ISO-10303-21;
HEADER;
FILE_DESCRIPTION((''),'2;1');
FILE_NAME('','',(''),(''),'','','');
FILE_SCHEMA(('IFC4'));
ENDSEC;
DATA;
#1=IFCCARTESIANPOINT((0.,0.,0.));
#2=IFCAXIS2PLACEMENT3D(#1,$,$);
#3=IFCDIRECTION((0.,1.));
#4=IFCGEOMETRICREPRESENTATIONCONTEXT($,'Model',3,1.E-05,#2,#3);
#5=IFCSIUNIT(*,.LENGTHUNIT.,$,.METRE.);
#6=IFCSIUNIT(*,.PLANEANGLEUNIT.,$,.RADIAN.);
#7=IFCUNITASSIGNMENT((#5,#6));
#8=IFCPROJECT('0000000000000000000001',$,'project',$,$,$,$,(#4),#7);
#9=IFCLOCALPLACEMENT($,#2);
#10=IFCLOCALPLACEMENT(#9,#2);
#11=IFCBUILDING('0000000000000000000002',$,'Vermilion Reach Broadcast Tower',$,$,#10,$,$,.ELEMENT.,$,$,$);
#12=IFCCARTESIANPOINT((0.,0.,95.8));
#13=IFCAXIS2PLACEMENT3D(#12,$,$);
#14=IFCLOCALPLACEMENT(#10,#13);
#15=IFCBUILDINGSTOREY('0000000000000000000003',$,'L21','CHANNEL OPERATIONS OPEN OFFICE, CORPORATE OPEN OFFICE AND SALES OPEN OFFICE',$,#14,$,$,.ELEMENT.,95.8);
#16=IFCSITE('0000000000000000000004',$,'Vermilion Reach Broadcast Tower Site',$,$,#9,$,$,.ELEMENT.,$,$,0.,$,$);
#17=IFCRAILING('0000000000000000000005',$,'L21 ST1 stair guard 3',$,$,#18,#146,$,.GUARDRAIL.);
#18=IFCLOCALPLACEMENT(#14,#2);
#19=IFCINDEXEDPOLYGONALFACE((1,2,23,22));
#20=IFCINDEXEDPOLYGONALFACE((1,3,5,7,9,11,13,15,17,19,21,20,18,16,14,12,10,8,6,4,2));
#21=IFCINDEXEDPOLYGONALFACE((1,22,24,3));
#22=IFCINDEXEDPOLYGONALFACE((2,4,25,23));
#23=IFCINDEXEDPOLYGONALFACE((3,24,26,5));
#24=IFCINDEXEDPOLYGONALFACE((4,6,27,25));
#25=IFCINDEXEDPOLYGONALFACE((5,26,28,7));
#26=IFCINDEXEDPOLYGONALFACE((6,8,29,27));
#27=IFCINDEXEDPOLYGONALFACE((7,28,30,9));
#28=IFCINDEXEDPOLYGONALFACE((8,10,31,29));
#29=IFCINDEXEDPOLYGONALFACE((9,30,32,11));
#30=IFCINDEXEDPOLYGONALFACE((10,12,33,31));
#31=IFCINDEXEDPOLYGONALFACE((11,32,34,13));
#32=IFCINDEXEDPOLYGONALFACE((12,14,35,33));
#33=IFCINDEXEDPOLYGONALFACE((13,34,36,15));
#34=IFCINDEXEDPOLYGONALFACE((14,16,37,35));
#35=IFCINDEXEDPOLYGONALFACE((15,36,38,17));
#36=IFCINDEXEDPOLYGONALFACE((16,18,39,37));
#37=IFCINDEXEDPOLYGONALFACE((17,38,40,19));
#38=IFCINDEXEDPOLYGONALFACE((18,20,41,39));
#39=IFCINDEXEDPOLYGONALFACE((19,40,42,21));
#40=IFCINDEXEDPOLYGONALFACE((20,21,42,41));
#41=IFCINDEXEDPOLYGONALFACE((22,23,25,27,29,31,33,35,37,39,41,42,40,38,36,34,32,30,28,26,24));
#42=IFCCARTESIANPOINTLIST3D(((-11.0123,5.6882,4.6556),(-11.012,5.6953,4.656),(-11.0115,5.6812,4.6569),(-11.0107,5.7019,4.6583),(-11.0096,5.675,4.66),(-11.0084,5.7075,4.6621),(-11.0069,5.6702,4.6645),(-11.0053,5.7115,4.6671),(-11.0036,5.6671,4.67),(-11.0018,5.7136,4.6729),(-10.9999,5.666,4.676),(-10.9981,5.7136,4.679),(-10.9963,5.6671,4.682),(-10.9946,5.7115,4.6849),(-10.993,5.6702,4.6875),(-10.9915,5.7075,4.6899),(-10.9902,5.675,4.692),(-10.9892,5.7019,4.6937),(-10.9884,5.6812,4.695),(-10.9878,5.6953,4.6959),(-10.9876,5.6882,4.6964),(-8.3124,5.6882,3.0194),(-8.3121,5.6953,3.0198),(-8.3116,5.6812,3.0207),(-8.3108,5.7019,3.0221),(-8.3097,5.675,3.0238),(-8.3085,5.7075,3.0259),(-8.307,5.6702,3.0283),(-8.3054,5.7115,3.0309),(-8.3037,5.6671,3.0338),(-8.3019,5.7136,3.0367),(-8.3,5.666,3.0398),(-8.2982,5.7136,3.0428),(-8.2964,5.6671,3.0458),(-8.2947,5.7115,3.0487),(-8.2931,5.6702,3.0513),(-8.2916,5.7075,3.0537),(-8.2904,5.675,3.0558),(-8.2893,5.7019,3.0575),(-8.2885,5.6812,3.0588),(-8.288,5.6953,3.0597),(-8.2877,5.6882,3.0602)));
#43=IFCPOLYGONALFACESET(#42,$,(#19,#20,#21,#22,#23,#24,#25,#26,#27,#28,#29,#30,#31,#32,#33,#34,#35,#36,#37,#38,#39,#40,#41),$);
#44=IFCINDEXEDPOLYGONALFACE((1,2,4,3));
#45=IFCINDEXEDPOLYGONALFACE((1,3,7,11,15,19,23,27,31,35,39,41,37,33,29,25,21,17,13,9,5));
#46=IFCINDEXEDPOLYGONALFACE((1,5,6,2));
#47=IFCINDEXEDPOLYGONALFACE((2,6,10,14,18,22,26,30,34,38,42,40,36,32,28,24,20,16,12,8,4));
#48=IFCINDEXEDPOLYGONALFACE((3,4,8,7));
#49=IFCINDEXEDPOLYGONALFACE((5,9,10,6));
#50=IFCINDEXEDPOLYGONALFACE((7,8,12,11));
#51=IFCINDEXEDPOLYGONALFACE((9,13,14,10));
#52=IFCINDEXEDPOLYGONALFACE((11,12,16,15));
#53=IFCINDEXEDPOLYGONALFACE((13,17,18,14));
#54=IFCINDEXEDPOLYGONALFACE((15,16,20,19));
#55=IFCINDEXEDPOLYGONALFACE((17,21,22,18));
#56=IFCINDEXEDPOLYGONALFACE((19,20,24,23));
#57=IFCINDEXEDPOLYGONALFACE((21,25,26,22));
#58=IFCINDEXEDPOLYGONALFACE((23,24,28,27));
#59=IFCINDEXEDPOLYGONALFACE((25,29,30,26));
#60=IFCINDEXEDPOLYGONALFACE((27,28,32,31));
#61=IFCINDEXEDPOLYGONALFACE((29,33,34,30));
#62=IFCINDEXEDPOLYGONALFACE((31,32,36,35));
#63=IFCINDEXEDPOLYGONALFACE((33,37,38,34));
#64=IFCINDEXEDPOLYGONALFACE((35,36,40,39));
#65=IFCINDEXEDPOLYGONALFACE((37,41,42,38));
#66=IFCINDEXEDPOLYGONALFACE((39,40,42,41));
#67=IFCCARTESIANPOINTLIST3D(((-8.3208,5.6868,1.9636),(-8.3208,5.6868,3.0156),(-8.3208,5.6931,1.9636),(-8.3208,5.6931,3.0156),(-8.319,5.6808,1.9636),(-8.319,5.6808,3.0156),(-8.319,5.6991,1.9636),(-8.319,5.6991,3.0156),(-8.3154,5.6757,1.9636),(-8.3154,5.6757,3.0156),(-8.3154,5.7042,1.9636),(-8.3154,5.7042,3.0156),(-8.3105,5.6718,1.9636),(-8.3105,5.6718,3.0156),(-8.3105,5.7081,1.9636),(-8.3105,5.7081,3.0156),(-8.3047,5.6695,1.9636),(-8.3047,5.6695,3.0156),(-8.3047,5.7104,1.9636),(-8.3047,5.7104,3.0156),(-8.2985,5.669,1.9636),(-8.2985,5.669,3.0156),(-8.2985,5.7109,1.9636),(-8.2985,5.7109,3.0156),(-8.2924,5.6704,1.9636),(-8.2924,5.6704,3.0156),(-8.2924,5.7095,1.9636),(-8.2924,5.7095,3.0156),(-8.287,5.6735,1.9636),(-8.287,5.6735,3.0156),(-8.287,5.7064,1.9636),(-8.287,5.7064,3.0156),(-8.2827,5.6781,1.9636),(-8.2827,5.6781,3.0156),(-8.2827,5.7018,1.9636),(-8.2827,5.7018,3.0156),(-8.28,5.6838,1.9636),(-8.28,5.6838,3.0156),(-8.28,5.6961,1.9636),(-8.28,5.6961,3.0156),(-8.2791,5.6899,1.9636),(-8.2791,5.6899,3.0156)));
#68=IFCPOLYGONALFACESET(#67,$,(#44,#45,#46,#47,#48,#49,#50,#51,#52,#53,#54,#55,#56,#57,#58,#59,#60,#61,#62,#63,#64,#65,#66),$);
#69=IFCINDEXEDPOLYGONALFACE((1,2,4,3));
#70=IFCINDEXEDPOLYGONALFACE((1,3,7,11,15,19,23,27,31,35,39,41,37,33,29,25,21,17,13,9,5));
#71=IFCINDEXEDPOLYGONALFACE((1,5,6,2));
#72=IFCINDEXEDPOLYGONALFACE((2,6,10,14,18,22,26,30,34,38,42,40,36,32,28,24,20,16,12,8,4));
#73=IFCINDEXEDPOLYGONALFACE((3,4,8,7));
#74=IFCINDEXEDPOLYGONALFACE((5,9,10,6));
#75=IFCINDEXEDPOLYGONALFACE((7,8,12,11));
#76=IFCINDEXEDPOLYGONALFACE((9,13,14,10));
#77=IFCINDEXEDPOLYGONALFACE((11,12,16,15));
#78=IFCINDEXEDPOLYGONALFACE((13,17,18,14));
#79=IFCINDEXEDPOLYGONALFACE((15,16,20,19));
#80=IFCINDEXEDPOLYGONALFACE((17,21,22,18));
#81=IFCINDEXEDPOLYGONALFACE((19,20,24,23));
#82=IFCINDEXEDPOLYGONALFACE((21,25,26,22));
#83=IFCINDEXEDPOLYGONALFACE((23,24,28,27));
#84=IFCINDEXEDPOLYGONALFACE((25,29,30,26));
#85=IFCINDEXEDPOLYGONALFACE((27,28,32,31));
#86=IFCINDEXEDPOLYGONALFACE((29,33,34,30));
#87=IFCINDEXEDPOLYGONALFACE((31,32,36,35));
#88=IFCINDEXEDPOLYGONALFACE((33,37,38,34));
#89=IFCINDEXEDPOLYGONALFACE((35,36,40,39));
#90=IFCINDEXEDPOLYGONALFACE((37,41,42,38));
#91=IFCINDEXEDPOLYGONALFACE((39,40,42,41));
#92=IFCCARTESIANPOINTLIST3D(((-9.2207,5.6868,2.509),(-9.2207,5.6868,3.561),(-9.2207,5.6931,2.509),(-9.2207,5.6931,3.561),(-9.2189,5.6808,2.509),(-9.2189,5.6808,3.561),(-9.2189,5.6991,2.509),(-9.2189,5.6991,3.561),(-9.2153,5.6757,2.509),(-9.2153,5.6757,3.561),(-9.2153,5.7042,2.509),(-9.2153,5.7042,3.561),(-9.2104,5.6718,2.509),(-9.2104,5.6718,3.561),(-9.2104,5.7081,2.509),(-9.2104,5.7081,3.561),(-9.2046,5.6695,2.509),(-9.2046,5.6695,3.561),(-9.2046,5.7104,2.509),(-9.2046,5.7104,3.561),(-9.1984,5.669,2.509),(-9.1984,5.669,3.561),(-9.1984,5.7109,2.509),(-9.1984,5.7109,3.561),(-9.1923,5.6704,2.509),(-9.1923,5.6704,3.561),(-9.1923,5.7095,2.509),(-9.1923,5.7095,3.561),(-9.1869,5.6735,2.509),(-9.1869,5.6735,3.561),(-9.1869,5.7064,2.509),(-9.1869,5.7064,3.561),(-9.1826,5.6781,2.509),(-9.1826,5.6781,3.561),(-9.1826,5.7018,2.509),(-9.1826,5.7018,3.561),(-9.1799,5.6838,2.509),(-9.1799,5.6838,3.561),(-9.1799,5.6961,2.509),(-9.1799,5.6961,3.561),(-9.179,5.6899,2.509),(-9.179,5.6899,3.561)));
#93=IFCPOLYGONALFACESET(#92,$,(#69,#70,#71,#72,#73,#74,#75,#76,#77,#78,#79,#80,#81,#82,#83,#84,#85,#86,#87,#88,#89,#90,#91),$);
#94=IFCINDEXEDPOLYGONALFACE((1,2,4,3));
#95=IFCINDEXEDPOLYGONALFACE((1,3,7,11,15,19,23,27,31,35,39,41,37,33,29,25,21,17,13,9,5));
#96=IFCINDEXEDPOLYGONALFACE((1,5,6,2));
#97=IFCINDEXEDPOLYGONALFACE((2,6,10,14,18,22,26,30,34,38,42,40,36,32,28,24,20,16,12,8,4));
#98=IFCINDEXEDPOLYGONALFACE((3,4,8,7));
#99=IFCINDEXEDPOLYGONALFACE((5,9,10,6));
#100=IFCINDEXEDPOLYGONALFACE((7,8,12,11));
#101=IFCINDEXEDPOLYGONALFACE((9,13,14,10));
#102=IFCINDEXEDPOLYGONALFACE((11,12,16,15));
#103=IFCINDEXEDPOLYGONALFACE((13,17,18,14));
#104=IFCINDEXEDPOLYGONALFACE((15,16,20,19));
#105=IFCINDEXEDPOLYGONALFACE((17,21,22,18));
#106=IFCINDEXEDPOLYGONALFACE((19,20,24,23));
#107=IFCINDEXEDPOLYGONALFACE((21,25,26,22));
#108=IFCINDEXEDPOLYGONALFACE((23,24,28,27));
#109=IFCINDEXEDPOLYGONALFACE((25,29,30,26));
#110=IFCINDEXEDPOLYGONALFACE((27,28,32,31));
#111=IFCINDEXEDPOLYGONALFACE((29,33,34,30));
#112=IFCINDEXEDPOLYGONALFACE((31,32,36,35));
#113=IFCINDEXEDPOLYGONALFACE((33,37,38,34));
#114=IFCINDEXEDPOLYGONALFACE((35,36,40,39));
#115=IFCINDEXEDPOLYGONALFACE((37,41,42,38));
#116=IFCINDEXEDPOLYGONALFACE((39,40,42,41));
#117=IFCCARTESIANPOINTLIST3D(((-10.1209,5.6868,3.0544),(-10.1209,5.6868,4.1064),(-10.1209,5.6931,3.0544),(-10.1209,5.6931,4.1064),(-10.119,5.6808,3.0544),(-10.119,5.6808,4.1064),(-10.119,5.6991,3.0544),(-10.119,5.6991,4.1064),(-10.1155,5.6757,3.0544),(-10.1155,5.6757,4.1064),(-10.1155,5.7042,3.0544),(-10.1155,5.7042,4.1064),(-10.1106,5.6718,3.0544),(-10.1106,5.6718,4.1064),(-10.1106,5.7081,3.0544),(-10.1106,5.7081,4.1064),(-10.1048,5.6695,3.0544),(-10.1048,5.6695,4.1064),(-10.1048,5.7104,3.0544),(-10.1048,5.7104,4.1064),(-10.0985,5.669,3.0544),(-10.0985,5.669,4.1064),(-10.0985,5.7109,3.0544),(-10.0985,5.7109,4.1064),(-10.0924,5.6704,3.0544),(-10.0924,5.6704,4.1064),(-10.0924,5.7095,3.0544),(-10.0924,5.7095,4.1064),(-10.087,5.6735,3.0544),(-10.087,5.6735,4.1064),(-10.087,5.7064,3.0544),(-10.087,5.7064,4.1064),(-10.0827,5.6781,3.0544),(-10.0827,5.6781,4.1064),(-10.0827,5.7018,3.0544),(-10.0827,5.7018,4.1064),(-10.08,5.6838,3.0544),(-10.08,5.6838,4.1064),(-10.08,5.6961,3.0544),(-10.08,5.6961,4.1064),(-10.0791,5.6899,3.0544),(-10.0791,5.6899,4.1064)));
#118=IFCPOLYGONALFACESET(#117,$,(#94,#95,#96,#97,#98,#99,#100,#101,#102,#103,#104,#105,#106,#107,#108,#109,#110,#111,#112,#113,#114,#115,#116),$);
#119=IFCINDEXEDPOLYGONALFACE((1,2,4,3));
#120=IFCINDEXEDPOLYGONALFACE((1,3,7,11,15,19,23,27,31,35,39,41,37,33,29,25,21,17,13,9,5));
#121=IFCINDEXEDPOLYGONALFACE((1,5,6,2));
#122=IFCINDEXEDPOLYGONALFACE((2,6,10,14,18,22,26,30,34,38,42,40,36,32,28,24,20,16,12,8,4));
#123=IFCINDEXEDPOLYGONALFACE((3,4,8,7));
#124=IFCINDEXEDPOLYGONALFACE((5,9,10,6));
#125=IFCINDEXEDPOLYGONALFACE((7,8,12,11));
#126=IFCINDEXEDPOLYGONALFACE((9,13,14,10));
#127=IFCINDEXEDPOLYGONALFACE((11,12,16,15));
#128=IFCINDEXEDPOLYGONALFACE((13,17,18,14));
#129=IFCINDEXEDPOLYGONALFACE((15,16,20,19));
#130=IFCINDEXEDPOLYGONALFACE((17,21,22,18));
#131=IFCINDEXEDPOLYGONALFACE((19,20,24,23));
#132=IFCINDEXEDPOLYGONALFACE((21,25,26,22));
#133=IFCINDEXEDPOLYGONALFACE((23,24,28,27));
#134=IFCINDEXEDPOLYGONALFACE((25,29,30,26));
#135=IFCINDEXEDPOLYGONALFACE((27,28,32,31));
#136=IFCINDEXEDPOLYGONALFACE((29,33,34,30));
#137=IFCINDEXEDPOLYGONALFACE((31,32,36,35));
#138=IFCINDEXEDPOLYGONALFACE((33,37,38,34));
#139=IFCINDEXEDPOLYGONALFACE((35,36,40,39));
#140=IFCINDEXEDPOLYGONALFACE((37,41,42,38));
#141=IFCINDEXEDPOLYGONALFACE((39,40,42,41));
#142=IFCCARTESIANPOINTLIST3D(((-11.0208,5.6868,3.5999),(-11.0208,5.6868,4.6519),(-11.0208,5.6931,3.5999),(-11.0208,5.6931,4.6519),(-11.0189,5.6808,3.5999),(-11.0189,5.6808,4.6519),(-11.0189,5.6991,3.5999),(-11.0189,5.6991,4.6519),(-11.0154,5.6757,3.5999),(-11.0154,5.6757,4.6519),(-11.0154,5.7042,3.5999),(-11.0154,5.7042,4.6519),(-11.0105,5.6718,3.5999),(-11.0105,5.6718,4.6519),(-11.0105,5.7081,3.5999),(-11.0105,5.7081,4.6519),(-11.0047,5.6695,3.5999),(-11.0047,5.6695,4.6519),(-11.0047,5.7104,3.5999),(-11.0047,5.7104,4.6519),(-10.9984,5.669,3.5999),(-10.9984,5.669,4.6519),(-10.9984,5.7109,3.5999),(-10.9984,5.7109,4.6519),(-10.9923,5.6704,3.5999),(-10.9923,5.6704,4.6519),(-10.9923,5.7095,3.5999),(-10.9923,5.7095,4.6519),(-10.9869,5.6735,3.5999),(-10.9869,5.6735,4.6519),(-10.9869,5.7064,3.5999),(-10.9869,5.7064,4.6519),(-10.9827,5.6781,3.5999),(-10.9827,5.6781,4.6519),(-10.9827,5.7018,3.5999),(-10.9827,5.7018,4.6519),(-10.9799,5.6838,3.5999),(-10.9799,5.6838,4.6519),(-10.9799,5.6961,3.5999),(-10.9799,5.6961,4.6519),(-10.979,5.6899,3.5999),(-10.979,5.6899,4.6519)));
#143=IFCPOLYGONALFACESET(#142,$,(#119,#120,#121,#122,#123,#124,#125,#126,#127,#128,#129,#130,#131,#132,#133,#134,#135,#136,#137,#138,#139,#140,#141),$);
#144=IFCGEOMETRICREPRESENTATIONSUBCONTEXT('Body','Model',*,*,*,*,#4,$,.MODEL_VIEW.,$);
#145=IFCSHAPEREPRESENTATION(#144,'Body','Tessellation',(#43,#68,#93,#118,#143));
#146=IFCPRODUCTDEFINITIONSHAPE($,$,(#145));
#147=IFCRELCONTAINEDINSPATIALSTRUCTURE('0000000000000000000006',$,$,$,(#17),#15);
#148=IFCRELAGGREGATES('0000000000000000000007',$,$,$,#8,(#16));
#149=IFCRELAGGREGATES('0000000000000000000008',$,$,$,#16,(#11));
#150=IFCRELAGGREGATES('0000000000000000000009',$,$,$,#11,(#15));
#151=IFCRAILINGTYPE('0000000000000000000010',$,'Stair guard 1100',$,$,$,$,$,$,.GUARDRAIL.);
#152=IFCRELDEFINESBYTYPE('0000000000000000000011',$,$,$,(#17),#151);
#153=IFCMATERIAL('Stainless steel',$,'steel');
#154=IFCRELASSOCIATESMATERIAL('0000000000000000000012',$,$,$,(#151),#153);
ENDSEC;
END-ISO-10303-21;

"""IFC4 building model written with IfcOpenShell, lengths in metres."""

from ifc_helpers import new_model, si_unit, direction, frame, origin, origin_2d, place, context, subcontext, project, spatial, circle, extrude, material, type_object, element, save


model = new_model("IFC4")

# Units and contexts
model_context = context("Model", 3, precision=1e-05, world=origin(), true_north=direction((0.0, 1.0)))
body_context = subcontext(model_context, "Body", "Model", "MODEL_VIEW")
ifc_project = project(units=[si_unit("LENGTHUNIT", "METRE"), si_unit("PLANEANGLEUNIT", "RADIAN")], contexts=[model_context])

# Site, building, storey
site_placement = place(None, origin())
site = spatial("IfcSite", under=ifc_project, at=site_placement, Name="Vermilion Reach Broadcast Tower Site", CompositionType="ELEMENT", RefElevation=0.0)
building_placement = place(site_placement, origin())
building = spatial("IfcBuilding", under=site, at=building_placement, Name="Vermilion Reach Broadcast Tower", CompositionType="ELEMENT")
storey_placement = place(building_placement, frame((0.0, 0.0, 95.8)))
storey = spatial("IfcBuildingStorey", under=building, at=storey_placement, Name="L21", Description="CHANNEL OPERATIONS OPEN OFFICE, CORPORATE OPEN OFFICE AND SALES OPEN OFFICE", CompositionType="ELEMENT", Elevation=95.8)

# Railing
ifc_material_1 = material(Name="Stainless steel", Category="steel")
railing_type_1 = type_object("IfcRailingType", Name="Stair guard 1100", PredefinedType="GUARDRAIL", material=ifc_material_1)
railing_1_placement = place(storey_placement, frame((-8.3, 5.6899, 1.9636)))
element("IfcRailing", 1, at=railing_1_placement, inside=storey, type_object=railing_type_1, Name="L21 ST1 stair guard 3", PredefinedType="GUARDRAIL", context=body_context, shape_type="SweptSolid", body=[
    extrude(circle(Radius=0.0239, at=origin_2d()), frame((0.0, 0.0, 1.0762), z_axis=(-0.855212, 0.0, 0.518278), x_axis=(0.0, -1.0, 0.0)), (0.0, 0.0, 1.0), 3.157),
    extrude(circle(Radius=0.021, at=origin_2d()), origin(), (0.0, 0.0, 1.0), 1.052),
    extrude(circle(Radius=0.021, at=origin_2d()), frame((-0.8999, 0.0, 0.5454)), (0.0, 0.0, 1.0), 1.052),
    extrude(circle(Radius=0.021, at=origin_2d()), frame((-1.8, 0.0, 1.0908)), (0.0, 0.0, 1.0), 1.052),
    extrude(circle(Radius=0.021, at=origin_2d()), frame((-2.7, 0.0, 1.6362)), (0.0, 0.0, 1.0), 1.052),
])

save(model, "model.ifc")
